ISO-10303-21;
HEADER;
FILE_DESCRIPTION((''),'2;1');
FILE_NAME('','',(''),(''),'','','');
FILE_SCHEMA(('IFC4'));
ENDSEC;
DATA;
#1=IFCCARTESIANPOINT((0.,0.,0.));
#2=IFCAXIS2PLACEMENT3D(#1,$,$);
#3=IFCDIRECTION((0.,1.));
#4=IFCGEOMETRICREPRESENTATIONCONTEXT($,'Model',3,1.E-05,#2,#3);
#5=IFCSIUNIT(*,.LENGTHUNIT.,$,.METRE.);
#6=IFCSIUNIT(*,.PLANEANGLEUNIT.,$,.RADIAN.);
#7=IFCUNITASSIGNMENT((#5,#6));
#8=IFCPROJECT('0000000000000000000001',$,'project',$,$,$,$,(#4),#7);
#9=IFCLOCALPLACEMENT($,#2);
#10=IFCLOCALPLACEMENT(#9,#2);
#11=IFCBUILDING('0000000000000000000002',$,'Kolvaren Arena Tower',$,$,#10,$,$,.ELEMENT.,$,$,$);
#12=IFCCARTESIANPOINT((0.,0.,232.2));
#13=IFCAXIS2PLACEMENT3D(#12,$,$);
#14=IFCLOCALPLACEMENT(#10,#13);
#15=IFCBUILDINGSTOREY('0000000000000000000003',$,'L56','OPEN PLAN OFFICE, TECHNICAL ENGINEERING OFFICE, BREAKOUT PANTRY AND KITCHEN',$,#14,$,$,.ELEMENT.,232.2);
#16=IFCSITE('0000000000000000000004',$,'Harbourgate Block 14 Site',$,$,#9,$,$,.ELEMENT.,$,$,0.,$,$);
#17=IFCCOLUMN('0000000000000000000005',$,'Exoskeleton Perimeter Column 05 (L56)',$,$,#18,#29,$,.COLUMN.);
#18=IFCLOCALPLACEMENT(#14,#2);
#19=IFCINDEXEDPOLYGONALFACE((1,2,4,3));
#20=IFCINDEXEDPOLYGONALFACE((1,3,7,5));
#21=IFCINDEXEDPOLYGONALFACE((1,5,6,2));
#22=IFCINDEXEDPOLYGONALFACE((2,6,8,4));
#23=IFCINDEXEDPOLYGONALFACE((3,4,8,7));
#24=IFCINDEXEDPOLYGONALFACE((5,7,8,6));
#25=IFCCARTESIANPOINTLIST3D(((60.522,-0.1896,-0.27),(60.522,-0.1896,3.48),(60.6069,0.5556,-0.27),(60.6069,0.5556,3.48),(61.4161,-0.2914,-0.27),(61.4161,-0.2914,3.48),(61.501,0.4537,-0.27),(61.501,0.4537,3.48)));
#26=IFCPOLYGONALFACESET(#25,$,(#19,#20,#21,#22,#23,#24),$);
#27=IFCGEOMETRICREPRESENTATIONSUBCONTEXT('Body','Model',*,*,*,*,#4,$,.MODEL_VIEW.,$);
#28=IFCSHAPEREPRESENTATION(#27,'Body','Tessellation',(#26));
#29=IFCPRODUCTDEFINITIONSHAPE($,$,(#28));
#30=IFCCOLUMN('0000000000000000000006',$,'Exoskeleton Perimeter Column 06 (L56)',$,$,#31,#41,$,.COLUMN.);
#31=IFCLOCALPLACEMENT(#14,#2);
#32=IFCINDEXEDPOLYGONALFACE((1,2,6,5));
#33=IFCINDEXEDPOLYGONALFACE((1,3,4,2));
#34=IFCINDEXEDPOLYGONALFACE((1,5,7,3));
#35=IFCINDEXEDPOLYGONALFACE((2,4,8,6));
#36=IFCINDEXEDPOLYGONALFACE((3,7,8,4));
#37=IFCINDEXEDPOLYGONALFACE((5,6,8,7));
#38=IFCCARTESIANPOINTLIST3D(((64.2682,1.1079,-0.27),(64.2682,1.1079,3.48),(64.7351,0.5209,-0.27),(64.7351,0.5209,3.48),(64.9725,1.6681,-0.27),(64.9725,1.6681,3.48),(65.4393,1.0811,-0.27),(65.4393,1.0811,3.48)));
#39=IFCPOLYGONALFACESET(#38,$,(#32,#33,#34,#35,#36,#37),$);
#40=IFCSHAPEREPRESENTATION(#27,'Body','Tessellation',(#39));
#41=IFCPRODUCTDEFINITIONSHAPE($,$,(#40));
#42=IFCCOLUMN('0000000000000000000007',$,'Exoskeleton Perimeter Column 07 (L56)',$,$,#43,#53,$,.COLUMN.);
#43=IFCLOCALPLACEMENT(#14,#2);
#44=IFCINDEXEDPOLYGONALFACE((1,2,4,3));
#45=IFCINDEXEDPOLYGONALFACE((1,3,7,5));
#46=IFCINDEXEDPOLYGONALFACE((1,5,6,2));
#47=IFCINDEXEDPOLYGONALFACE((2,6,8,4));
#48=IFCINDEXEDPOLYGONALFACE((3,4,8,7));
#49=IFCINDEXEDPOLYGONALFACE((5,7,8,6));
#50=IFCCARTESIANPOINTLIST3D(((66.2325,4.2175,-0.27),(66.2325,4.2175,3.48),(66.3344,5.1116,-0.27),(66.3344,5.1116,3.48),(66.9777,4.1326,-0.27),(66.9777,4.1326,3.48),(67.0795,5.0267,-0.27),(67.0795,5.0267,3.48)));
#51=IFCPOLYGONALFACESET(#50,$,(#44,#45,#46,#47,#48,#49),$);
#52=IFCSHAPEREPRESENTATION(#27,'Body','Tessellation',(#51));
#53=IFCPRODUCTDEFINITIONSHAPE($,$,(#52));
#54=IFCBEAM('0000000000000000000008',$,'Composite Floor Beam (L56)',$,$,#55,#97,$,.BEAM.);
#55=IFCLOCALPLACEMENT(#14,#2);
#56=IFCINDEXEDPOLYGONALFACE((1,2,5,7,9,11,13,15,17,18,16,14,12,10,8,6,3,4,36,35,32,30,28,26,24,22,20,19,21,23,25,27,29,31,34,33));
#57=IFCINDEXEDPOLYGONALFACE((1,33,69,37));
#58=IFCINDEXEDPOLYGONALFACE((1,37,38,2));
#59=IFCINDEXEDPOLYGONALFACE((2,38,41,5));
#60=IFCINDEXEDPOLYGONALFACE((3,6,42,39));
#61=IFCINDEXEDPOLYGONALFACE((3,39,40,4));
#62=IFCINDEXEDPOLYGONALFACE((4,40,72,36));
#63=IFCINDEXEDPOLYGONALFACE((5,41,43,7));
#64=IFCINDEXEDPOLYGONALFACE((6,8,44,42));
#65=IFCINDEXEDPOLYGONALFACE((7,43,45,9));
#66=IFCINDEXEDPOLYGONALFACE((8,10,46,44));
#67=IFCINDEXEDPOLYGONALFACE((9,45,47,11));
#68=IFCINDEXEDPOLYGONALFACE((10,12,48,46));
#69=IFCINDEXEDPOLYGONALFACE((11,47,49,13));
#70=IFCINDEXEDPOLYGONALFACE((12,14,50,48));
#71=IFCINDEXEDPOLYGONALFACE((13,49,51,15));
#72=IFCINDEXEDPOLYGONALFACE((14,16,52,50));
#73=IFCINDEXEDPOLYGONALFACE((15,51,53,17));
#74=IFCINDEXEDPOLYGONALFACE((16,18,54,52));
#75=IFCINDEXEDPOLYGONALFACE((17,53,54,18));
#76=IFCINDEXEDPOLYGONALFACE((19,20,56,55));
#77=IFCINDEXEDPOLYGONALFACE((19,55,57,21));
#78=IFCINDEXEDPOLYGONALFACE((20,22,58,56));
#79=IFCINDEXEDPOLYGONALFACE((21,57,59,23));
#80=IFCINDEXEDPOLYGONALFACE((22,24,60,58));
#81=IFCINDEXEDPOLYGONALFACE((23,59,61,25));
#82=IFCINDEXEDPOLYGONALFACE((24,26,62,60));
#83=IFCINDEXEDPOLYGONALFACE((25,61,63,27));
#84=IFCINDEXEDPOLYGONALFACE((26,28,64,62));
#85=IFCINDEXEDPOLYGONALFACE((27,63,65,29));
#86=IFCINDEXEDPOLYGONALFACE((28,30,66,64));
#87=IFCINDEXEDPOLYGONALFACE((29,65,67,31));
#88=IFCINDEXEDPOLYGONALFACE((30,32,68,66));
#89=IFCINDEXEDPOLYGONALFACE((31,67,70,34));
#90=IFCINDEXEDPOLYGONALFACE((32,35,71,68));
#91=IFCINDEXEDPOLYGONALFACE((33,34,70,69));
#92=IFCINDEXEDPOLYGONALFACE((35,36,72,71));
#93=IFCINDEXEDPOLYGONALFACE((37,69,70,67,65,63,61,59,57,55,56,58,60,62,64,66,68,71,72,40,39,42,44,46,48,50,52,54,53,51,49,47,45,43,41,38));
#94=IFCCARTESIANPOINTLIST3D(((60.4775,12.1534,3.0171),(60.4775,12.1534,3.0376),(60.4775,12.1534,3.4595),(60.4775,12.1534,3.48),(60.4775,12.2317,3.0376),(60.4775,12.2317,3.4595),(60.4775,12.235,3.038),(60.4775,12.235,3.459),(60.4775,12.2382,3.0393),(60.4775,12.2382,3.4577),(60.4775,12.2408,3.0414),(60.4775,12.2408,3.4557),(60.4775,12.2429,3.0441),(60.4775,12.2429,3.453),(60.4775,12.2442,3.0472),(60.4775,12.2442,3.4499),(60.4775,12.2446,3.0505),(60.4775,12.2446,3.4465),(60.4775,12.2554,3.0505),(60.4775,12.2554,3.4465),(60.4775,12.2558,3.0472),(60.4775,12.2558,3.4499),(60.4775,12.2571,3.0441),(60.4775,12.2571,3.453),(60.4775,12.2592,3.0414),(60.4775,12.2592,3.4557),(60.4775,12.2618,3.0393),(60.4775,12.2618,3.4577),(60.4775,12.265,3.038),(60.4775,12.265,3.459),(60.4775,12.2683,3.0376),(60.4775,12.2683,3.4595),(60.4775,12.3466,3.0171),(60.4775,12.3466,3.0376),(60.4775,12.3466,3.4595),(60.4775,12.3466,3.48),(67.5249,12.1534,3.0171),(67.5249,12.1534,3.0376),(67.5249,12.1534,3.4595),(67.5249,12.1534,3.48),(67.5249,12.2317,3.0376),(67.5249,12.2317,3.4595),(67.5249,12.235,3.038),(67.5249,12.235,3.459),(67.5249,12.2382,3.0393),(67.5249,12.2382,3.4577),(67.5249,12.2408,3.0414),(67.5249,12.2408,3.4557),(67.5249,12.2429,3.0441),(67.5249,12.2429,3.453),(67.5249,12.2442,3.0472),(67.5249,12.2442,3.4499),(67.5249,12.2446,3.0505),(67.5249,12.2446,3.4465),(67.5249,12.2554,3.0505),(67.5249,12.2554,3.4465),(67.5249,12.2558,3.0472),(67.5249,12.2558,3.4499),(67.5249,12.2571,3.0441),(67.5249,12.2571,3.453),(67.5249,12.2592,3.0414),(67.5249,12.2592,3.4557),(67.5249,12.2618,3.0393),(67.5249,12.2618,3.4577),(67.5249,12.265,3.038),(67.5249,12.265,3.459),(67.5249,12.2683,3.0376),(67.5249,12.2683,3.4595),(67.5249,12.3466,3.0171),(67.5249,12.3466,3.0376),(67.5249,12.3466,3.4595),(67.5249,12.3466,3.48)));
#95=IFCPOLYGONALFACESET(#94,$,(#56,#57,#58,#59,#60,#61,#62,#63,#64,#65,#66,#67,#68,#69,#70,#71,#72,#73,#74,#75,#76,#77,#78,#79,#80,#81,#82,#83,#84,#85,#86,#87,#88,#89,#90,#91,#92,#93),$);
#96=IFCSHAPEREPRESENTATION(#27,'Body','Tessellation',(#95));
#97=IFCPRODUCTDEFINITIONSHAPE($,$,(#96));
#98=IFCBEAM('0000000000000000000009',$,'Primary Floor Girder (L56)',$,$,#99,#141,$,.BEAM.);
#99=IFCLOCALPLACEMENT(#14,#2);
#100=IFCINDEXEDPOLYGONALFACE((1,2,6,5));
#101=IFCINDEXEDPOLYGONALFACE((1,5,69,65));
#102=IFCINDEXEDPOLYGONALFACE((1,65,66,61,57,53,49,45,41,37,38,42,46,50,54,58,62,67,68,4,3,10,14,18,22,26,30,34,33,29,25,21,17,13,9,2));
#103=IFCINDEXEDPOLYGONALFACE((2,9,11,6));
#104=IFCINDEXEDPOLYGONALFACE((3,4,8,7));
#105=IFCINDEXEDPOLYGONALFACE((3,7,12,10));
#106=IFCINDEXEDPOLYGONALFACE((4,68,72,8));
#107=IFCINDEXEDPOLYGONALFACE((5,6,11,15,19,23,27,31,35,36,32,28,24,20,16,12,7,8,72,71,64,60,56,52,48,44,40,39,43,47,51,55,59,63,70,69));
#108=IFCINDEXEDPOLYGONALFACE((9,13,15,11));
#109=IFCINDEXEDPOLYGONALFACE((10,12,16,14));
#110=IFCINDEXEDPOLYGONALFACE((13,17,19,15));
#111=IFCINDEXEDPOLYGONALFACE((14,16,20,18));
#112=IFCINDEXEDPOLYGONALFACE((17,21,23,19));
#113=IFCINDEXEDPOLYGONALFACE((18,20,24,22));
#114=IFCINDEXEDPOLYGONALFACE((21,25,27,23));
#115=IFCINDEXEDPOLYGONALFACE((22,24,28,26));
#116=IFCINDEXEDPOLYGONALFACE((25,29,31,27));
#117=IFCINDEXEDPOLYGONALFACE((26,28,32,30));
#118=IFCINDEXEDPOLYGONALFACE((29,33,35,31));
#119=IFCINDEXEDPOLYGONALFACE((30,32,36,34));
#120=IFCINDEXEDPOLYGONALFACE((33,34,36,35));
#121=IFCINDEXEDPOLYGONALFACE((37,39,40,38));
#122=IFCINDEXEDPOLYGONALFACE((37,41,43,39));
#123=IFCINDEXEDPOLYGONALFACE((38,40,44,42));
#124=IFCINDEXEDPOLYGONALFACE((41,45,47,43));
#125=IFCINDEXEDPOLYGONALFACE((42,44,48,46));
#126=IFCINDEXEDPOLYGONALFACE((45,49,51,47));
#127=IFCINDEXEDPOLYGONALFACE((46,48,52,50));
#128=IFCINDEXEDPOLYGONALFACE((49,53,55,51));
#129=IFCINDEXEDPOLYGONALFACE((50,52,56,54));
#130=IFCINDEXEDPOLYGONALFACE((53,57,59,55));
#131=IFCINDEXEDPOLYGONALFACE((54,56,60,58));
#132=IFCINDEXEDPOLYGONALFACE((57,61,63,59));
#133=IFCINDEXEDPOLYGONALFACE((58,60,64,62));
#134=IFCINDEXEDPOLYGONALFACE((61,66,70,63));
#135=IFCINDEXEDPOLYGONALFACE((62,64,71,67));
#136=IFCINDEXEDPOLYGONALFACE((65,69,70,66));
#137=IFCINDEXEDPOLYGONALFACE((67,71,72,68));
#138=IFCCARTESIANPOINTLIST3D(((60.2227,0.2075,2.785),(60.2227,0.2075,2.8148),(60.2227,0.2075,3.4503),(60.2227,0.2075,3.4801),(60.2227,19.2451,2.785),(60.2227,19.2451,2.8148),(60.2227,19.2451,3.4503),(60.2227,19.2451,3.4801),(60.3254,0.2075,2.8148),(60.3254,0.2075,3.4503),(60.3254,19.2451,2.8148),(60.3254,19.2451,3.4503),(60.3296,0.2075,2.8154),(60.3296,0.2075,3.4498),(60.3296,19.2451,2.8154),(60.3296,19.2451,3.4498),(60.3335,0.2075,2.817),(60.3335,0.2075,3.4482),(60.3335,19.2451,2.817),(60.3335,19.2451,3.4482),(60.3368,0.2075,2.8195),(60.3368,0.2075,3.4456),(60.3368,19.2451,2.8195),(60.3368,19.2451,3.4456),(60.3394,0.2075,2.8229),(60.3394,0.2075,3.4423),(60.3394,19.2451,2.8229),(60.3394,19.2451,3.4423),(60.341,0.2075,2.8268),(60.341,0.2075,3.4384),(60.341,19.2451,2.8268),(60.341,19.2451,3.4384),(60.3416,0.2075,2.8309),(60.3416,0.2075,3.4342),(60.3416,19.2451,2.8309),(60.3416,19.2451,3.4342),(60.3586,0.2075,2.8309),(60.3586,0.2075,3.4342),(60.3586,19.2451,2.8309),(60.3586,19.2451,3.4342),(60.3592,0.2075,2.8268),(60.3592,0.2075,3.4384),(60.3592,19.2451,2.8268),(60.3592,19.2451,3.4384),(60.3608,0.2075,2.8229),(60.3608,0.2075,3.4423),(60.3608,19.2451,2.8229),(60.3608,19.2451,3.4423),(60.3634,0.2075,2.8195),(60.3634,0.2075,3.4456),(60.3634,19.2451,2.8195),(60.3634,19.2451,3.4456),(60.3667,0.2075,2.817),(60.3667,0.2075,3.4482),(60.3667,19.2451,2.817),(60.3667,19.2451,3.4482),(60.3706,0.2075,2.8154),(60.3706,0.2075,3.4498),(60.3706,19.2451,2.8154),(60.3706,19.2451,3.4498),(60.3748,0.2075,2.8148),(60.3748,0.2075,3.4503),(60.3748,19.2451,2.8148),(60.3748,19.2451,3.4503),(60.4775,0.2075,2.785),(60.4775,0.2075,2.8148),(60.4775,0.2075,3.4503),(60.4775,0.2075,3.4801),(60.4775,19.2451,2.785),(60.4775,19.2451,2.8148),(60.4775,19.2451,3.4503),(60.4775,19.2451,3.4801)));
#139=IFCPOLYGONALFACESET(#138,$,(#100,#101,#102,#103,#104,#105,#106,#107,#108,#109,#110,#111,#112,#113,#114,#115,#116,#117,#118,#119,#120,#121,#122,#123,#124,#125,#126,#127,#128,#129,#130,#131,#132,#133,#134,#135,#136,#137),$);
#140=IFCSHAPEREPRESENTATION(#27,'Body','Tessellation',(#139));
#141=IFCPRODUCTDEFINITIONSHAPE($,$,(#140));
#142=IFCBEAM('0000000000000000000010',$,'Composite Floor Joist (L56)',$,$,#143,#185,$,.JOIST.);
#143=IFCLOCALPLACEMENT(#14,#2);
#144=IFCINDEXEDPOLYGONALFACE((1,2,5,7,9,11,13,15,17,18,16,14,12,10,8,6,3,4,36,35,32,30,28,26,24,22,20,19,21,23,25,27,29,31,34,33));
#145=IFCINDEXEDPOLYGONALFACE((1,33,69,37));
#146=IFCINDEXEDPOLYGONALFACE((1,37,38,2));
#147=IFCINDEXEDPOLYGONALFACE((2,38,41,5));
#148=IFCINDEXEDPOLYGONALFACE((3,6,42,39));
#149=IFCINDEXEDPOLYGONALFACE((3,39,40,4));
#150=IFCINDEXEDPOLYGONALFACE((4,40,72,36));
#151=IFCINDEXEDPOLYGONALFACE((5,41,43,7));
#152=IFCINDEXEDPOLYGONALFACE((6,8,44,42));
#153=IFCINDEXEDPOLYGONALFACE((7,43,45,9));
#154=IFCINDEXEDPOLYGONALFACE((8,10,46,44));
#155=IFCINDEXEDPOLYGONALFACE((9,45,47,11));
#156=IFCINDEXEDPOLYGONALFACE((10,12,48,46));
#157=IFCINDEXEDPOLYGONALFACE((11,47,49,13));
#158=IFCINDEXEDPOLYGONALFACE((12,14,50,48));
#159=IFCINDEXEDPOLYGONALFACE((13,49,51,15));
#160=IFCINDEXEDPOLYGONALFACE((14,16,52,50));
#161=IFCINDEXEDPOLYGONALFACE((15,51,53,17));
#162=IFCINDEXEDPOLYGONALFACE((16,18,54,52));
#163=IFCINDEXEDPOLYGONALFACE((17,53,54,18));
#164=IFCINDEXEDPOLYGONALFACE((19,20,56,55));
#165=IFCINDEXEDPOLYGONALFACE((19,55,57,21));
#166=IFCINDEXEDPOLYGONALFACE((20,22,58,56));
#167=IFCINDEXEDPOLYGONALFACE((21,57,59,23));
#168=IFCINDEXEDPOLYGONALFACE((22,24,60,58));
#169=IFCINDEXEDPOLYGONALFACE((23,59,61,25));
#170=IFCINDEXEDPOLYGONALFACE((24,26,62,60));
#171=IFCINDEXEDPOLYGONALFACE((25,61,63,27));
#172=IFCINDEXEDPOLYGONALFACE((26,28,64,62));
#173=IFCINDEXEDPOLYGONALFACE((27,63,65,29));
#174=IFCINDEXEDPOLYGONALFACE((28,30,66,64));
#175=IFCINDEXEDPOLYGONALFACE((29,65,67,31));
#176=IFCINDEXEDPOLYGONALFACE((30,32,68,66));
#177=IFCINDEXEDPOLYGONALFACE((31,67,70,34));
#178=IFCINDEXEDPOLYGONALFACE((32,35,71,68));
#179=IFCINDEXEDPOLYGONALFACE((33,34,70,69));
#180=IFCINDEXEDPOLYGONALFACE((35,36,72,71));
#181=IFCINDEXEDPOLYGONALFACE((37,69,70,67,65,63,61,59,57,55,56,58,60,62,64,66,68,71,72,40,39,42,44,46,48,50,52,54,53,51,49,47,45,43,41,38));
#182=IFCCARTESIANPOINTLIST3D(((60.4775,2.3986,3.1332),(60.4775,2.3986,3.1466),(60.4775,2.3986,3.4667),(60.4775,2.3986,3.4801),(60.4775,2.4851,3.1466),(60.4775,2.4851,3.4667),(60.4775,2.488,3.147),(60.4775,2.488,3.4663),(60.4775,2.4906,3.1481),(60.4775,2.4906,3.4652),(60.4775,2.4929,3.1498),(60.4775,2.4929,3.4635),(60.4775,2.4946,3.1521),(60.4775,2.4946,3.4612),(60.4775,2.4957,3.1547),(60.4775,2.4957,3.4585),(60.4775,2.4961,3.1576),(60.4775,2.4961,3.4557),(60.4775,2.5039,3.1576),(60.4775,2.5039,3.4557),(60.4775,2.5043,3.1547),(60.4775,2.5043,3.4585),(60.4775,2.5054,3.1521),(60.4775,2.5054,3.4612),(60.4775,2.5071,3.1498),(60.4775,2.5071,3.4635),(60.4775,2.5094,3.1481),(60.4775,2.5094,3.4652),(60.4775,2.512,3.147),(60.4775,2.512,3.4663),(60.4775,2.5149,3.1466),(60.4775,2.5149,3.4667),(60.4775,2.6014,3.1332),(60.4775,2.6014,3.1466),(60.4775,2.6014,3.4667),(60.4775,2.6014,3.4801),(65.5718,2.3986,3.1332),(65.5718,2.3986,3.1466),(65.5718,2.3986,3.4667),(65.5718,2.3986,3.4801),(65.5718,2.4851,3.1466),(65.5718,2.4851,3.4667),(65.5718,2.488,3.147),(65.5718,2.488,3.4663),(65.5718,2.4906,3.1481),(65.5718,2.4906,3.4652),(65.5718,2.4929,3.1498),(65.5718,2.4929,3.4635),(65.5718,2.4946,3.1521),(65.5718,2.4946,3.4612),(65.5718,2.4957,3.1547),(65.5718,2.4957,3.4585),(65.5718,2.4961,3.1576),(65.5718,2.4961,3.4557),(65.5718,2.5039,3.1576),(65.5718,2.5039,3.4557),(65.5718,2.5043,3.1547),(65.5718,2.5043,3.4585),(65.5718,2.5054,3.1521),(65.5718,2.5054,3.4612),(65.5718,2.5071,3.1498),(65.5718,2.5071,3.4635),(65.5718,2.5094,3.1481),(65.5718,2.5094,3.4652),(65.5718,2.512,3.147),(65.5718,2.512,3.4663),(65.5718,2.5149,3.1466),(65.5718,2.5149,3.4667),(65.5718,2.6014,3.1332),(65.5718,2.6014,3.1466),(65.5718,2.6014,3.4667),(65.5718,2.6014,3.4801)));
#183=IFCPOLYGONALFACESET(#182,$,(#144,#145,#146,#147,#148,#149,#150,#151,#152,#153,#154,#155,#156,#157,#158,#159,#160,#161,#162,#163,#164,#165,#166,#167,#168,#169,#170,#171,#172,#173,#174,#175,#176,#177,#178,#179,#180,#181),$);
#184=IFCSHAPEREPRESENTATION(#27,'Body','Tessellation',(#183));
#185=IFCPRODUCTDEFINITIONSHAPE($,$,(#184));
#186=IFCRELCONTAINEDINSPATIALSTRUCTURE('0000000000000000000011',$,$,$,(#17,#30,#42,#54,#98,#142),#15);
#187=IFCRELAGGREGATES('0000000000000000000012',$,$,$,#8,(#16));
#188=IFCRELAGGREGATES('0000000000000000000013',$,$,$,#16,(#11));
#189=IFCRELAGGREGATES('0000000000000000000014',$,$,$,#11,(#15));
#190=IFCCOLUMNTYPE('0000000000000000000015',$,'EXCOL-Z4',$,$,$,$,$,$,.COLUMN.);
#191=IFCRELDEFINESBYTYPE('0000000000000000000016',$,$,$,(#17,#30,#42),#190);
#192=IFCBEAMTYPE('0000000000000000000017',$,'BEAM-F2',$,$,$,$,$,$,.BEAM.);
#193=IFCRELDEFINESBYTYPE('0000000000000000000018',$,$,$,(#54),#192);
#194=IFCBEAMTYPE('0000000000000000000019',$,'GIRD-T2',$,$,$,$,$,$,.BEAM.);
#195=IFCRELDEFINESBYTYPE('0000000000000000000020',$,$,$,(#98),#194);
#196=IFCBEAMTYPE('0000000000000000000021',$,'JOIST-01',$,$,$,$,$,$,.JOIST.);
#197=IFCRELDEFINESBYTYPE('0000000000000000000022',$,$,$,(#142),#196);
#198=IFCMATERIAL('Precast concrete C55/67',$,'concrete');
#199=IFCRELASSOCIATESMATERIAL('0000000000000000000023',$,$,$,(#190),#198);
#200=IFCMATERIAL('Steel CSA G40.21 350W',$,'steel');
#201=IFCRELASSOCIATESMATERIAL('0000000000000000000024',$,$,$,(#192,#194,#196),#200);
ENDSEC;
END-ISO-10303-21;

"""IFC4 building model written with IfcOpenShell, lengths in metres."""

from ifc_helpers import new_model, si_unit, direction, frame, origin, origin_2d, place, context, subcontext, project, spatial, rectangle, i_section, extrude, material, material_profile, profile_set, type_object, element, save


model = new_model("IFC4")

# Units and contexts
model_context = context("Model", 3, precision=1e-05, world=origin(), true_north=direction((0.0, 1.0)))
body_context = subcontext(model_context, "Body", "Model", "MODEL_VIEW")
ifc_project = project(units=[si_unit("LENGTHUNIT", "METRE"), si_unit("PLANEANGLEUNIT", "RADIAN")], contexts=[model_context])

# Site, building, storey
site_placement = place(None, origin())
site = spatial("IfcSite", under=ifc_project, at=site_placement, Name="Harbourgate Block 14 Site", CompositionType="ELEMENT", RefElevation=0.0)
building_placement = place(site_placement, origin())
building = spatial("IfcBuilding", under=site, at=building_placement, Name="Kolvaren Arena Tower", CompositionType="ELEMENT")
storey_placement = place(building_placement, frame((0.0, 0.0, 232.2)))
storey = spatial("IfcBuildingStorey", under=building, at=storey_placement, Name="L56", Description="OPEN PLAN OFFICE, TECHNICAL ENGINEERING OFFICE, BREAKOUT PANTRY AND KITCHEN", CompositionType="ELEMENT", Elevation=232.2)

# Columns
ifc_material_1 = material(Name="Precast concrete C55/67", Category="concrete")
ifc_material_profile_1 = material_profile(ifc_material_1, rectangle(XDim=0.8999, YDim=0.75, at=origin_2d()), Name="RC-900x750")
ifc_profile_set_1 = profile_set([ifc_material_profile_1], Name="Precast concrete C55/67")
column_type = type_object("IfcColumnType", Name="EXCOL-Z4", PredefinedType="COLUMN", material=ifc_profile_set_1)
for number, where, z_axis, x_axis, name in (
    (1, (61.0115, 0.1321, -0.27), (0.0, 0.0, 1.0), (0.993572, -0.113203, 0.0), "Exoskeleton Perimeter Column 05 (L56)"),
    (2, (64.8538, 1.0945, -0.27), (0.0, 0.0, 1.0), (0.782608, 0.622515, 0.0), "Exoskeleton Perimeter Column 06 (L56)"),
    (3, (66.656, 4.6221, -0.27), (0.0, 0.0, 1.0), (0.113203, 0.993572, 0.0), "Exoskeleton Perimeter Column 07 (L56)"),
):
    element("IfcColumn", number, at=place(storey_placement, frame(where, z_axis=z_axis, x_axis=x_axis)), inside=storey, type_object=column_type, Name=name, PredefinedType="COLUMN", context=body_context, shape_type="SweptSolid", body=[
        extrude(rectangle(XDim=0.8999, YDim=0.75, at=origin_2d()), origin(), (0.0, 0.0, 1.0), 3.75),
    ])

# Beams
ifc_material_2 = material(Name="Steel CSA G40.21 350W", Category="steel")
ifc_material_profile_2 = material_profile(ifc_material_2, i_section(OverallWidth=0.1931, OverallDepth=0.4629, WebThickness=0.0107, FlangeThickness=0.0205, FilletRadius=0.0129, at=origin_2d()), Name="W460x113")
ifc_profile_set_2 = profile_set([ifc_material_profile_2], Name="Steel CSA G40.21 350W")
beam_type_1 = type_object("IfcBeamType", Name="BEAM-F2", PredefinedType="BEAM", material=ifc_profile_set_2)
beam_1_placement = place(storey_placement, frame((60.4775, 12.25, 3.2485), z_axis=(1.0, 0.0, 0.0), x_axis=(0.0, 1.0, 0.0)))
element("IfcBeam", 4, at=beam_1_placement, inside=storey, type_object=beam_type_1, Name="Composite Floor Beam (L56)", PredefinedType="BEAM", context=body_context, shape_type="SweptSolid", body=[
    extrude(i_section(OverallWidth=0.1931, OverallDepth=0.4629, WebThickness=0.0107, FlangeThickness=0.0205, FilletRadius=0.0129, at=origin_2d()), origin(), (0.0, 0.0, 1.0), 7.0474),
])
ifc_material_profile_3 = material_profile(ifc_material_2, i_section(OverallWidth=0.2549, OverallDepth=0.6951, WebThickness=0.0171, FlangeThickness=0.0298, FilletRadius=0.0161, at=origin_2d()), Name="W690x217")
ifc_profile_set_3 = profile_set([ifc_material_profile_3], Name="Steel CSA G40.21 350W")
beam_type_2 = type_object("IfcBeamType", Name="GIRD-T2", PredefinedType="BEAM", material=ifc_profile_set_3)
beam_2_placement = place(storey_placement, frame((60.3501, 0.2075, 3.1326), z_axis=(0.0, 1.0, 0.0), x_axis=(-1.0, 0.0, 0.0)))
element("IfcBeam", 5, at=beam_2_placement, inside=storey, type_object=beam_type_2, Name="Primary Floor Girder (L56)", PredefinedType="BEAM", context=body_context, shape_type="SweptSolid", body=[
    extrude(i_section(OverallWidth=0.2549, OverallDepth=0.6951, WebThickness=0.0171, FlangeThickness=0.0298, FilletRadius=0.0161, at=origin_2d()), origin(), (0.0, 0.0, 1.0), 19.0376),
])
ifc_material_profile_4 = material_profile(ifc_material_2, i_section(OverallWidth=0.2029, OverallDepth=0.3469, WebThickness=0.0078, FlangeThickness=0.0134, FilletRadius=0.011, at=origin_2d()), Name="W360x64")
ifc_profile_set_4 = profile_set([ifc_material_profile_4], Name="Steel CSA G40.21 350W")
beam_type_3 = type_object("IfcBeamType", Name="JOIST-01", PredefinedType="JOIST", material=ifc_profile_set_4)
beam_3_placement = place(storey_placement, frame((60.4775, 2.5, 3.3066), z_axis=(1.0, 0.0, 0.0), x_axis=(0.0, 1.0, 0.0)))
element("IfcBeam", 6, at=beam_3_placement, inside=storey, type_object=beam_type_3, Name="Composite Floor Joist (L56)", PredefinedType="JOIST", context=body_context, shape_type="SweptSolid", body=[
    extrude(i_section(OverallWidth=0.2029, OverallDepth=0.3469, WebThickness=0.0078, FlangeThickness=0.0134, FilletRadius=0.011, at=origin_2d()), origin(), (0.0, 0.0, 1.0), 5.0942),
])

save(model, "model.ifc")
